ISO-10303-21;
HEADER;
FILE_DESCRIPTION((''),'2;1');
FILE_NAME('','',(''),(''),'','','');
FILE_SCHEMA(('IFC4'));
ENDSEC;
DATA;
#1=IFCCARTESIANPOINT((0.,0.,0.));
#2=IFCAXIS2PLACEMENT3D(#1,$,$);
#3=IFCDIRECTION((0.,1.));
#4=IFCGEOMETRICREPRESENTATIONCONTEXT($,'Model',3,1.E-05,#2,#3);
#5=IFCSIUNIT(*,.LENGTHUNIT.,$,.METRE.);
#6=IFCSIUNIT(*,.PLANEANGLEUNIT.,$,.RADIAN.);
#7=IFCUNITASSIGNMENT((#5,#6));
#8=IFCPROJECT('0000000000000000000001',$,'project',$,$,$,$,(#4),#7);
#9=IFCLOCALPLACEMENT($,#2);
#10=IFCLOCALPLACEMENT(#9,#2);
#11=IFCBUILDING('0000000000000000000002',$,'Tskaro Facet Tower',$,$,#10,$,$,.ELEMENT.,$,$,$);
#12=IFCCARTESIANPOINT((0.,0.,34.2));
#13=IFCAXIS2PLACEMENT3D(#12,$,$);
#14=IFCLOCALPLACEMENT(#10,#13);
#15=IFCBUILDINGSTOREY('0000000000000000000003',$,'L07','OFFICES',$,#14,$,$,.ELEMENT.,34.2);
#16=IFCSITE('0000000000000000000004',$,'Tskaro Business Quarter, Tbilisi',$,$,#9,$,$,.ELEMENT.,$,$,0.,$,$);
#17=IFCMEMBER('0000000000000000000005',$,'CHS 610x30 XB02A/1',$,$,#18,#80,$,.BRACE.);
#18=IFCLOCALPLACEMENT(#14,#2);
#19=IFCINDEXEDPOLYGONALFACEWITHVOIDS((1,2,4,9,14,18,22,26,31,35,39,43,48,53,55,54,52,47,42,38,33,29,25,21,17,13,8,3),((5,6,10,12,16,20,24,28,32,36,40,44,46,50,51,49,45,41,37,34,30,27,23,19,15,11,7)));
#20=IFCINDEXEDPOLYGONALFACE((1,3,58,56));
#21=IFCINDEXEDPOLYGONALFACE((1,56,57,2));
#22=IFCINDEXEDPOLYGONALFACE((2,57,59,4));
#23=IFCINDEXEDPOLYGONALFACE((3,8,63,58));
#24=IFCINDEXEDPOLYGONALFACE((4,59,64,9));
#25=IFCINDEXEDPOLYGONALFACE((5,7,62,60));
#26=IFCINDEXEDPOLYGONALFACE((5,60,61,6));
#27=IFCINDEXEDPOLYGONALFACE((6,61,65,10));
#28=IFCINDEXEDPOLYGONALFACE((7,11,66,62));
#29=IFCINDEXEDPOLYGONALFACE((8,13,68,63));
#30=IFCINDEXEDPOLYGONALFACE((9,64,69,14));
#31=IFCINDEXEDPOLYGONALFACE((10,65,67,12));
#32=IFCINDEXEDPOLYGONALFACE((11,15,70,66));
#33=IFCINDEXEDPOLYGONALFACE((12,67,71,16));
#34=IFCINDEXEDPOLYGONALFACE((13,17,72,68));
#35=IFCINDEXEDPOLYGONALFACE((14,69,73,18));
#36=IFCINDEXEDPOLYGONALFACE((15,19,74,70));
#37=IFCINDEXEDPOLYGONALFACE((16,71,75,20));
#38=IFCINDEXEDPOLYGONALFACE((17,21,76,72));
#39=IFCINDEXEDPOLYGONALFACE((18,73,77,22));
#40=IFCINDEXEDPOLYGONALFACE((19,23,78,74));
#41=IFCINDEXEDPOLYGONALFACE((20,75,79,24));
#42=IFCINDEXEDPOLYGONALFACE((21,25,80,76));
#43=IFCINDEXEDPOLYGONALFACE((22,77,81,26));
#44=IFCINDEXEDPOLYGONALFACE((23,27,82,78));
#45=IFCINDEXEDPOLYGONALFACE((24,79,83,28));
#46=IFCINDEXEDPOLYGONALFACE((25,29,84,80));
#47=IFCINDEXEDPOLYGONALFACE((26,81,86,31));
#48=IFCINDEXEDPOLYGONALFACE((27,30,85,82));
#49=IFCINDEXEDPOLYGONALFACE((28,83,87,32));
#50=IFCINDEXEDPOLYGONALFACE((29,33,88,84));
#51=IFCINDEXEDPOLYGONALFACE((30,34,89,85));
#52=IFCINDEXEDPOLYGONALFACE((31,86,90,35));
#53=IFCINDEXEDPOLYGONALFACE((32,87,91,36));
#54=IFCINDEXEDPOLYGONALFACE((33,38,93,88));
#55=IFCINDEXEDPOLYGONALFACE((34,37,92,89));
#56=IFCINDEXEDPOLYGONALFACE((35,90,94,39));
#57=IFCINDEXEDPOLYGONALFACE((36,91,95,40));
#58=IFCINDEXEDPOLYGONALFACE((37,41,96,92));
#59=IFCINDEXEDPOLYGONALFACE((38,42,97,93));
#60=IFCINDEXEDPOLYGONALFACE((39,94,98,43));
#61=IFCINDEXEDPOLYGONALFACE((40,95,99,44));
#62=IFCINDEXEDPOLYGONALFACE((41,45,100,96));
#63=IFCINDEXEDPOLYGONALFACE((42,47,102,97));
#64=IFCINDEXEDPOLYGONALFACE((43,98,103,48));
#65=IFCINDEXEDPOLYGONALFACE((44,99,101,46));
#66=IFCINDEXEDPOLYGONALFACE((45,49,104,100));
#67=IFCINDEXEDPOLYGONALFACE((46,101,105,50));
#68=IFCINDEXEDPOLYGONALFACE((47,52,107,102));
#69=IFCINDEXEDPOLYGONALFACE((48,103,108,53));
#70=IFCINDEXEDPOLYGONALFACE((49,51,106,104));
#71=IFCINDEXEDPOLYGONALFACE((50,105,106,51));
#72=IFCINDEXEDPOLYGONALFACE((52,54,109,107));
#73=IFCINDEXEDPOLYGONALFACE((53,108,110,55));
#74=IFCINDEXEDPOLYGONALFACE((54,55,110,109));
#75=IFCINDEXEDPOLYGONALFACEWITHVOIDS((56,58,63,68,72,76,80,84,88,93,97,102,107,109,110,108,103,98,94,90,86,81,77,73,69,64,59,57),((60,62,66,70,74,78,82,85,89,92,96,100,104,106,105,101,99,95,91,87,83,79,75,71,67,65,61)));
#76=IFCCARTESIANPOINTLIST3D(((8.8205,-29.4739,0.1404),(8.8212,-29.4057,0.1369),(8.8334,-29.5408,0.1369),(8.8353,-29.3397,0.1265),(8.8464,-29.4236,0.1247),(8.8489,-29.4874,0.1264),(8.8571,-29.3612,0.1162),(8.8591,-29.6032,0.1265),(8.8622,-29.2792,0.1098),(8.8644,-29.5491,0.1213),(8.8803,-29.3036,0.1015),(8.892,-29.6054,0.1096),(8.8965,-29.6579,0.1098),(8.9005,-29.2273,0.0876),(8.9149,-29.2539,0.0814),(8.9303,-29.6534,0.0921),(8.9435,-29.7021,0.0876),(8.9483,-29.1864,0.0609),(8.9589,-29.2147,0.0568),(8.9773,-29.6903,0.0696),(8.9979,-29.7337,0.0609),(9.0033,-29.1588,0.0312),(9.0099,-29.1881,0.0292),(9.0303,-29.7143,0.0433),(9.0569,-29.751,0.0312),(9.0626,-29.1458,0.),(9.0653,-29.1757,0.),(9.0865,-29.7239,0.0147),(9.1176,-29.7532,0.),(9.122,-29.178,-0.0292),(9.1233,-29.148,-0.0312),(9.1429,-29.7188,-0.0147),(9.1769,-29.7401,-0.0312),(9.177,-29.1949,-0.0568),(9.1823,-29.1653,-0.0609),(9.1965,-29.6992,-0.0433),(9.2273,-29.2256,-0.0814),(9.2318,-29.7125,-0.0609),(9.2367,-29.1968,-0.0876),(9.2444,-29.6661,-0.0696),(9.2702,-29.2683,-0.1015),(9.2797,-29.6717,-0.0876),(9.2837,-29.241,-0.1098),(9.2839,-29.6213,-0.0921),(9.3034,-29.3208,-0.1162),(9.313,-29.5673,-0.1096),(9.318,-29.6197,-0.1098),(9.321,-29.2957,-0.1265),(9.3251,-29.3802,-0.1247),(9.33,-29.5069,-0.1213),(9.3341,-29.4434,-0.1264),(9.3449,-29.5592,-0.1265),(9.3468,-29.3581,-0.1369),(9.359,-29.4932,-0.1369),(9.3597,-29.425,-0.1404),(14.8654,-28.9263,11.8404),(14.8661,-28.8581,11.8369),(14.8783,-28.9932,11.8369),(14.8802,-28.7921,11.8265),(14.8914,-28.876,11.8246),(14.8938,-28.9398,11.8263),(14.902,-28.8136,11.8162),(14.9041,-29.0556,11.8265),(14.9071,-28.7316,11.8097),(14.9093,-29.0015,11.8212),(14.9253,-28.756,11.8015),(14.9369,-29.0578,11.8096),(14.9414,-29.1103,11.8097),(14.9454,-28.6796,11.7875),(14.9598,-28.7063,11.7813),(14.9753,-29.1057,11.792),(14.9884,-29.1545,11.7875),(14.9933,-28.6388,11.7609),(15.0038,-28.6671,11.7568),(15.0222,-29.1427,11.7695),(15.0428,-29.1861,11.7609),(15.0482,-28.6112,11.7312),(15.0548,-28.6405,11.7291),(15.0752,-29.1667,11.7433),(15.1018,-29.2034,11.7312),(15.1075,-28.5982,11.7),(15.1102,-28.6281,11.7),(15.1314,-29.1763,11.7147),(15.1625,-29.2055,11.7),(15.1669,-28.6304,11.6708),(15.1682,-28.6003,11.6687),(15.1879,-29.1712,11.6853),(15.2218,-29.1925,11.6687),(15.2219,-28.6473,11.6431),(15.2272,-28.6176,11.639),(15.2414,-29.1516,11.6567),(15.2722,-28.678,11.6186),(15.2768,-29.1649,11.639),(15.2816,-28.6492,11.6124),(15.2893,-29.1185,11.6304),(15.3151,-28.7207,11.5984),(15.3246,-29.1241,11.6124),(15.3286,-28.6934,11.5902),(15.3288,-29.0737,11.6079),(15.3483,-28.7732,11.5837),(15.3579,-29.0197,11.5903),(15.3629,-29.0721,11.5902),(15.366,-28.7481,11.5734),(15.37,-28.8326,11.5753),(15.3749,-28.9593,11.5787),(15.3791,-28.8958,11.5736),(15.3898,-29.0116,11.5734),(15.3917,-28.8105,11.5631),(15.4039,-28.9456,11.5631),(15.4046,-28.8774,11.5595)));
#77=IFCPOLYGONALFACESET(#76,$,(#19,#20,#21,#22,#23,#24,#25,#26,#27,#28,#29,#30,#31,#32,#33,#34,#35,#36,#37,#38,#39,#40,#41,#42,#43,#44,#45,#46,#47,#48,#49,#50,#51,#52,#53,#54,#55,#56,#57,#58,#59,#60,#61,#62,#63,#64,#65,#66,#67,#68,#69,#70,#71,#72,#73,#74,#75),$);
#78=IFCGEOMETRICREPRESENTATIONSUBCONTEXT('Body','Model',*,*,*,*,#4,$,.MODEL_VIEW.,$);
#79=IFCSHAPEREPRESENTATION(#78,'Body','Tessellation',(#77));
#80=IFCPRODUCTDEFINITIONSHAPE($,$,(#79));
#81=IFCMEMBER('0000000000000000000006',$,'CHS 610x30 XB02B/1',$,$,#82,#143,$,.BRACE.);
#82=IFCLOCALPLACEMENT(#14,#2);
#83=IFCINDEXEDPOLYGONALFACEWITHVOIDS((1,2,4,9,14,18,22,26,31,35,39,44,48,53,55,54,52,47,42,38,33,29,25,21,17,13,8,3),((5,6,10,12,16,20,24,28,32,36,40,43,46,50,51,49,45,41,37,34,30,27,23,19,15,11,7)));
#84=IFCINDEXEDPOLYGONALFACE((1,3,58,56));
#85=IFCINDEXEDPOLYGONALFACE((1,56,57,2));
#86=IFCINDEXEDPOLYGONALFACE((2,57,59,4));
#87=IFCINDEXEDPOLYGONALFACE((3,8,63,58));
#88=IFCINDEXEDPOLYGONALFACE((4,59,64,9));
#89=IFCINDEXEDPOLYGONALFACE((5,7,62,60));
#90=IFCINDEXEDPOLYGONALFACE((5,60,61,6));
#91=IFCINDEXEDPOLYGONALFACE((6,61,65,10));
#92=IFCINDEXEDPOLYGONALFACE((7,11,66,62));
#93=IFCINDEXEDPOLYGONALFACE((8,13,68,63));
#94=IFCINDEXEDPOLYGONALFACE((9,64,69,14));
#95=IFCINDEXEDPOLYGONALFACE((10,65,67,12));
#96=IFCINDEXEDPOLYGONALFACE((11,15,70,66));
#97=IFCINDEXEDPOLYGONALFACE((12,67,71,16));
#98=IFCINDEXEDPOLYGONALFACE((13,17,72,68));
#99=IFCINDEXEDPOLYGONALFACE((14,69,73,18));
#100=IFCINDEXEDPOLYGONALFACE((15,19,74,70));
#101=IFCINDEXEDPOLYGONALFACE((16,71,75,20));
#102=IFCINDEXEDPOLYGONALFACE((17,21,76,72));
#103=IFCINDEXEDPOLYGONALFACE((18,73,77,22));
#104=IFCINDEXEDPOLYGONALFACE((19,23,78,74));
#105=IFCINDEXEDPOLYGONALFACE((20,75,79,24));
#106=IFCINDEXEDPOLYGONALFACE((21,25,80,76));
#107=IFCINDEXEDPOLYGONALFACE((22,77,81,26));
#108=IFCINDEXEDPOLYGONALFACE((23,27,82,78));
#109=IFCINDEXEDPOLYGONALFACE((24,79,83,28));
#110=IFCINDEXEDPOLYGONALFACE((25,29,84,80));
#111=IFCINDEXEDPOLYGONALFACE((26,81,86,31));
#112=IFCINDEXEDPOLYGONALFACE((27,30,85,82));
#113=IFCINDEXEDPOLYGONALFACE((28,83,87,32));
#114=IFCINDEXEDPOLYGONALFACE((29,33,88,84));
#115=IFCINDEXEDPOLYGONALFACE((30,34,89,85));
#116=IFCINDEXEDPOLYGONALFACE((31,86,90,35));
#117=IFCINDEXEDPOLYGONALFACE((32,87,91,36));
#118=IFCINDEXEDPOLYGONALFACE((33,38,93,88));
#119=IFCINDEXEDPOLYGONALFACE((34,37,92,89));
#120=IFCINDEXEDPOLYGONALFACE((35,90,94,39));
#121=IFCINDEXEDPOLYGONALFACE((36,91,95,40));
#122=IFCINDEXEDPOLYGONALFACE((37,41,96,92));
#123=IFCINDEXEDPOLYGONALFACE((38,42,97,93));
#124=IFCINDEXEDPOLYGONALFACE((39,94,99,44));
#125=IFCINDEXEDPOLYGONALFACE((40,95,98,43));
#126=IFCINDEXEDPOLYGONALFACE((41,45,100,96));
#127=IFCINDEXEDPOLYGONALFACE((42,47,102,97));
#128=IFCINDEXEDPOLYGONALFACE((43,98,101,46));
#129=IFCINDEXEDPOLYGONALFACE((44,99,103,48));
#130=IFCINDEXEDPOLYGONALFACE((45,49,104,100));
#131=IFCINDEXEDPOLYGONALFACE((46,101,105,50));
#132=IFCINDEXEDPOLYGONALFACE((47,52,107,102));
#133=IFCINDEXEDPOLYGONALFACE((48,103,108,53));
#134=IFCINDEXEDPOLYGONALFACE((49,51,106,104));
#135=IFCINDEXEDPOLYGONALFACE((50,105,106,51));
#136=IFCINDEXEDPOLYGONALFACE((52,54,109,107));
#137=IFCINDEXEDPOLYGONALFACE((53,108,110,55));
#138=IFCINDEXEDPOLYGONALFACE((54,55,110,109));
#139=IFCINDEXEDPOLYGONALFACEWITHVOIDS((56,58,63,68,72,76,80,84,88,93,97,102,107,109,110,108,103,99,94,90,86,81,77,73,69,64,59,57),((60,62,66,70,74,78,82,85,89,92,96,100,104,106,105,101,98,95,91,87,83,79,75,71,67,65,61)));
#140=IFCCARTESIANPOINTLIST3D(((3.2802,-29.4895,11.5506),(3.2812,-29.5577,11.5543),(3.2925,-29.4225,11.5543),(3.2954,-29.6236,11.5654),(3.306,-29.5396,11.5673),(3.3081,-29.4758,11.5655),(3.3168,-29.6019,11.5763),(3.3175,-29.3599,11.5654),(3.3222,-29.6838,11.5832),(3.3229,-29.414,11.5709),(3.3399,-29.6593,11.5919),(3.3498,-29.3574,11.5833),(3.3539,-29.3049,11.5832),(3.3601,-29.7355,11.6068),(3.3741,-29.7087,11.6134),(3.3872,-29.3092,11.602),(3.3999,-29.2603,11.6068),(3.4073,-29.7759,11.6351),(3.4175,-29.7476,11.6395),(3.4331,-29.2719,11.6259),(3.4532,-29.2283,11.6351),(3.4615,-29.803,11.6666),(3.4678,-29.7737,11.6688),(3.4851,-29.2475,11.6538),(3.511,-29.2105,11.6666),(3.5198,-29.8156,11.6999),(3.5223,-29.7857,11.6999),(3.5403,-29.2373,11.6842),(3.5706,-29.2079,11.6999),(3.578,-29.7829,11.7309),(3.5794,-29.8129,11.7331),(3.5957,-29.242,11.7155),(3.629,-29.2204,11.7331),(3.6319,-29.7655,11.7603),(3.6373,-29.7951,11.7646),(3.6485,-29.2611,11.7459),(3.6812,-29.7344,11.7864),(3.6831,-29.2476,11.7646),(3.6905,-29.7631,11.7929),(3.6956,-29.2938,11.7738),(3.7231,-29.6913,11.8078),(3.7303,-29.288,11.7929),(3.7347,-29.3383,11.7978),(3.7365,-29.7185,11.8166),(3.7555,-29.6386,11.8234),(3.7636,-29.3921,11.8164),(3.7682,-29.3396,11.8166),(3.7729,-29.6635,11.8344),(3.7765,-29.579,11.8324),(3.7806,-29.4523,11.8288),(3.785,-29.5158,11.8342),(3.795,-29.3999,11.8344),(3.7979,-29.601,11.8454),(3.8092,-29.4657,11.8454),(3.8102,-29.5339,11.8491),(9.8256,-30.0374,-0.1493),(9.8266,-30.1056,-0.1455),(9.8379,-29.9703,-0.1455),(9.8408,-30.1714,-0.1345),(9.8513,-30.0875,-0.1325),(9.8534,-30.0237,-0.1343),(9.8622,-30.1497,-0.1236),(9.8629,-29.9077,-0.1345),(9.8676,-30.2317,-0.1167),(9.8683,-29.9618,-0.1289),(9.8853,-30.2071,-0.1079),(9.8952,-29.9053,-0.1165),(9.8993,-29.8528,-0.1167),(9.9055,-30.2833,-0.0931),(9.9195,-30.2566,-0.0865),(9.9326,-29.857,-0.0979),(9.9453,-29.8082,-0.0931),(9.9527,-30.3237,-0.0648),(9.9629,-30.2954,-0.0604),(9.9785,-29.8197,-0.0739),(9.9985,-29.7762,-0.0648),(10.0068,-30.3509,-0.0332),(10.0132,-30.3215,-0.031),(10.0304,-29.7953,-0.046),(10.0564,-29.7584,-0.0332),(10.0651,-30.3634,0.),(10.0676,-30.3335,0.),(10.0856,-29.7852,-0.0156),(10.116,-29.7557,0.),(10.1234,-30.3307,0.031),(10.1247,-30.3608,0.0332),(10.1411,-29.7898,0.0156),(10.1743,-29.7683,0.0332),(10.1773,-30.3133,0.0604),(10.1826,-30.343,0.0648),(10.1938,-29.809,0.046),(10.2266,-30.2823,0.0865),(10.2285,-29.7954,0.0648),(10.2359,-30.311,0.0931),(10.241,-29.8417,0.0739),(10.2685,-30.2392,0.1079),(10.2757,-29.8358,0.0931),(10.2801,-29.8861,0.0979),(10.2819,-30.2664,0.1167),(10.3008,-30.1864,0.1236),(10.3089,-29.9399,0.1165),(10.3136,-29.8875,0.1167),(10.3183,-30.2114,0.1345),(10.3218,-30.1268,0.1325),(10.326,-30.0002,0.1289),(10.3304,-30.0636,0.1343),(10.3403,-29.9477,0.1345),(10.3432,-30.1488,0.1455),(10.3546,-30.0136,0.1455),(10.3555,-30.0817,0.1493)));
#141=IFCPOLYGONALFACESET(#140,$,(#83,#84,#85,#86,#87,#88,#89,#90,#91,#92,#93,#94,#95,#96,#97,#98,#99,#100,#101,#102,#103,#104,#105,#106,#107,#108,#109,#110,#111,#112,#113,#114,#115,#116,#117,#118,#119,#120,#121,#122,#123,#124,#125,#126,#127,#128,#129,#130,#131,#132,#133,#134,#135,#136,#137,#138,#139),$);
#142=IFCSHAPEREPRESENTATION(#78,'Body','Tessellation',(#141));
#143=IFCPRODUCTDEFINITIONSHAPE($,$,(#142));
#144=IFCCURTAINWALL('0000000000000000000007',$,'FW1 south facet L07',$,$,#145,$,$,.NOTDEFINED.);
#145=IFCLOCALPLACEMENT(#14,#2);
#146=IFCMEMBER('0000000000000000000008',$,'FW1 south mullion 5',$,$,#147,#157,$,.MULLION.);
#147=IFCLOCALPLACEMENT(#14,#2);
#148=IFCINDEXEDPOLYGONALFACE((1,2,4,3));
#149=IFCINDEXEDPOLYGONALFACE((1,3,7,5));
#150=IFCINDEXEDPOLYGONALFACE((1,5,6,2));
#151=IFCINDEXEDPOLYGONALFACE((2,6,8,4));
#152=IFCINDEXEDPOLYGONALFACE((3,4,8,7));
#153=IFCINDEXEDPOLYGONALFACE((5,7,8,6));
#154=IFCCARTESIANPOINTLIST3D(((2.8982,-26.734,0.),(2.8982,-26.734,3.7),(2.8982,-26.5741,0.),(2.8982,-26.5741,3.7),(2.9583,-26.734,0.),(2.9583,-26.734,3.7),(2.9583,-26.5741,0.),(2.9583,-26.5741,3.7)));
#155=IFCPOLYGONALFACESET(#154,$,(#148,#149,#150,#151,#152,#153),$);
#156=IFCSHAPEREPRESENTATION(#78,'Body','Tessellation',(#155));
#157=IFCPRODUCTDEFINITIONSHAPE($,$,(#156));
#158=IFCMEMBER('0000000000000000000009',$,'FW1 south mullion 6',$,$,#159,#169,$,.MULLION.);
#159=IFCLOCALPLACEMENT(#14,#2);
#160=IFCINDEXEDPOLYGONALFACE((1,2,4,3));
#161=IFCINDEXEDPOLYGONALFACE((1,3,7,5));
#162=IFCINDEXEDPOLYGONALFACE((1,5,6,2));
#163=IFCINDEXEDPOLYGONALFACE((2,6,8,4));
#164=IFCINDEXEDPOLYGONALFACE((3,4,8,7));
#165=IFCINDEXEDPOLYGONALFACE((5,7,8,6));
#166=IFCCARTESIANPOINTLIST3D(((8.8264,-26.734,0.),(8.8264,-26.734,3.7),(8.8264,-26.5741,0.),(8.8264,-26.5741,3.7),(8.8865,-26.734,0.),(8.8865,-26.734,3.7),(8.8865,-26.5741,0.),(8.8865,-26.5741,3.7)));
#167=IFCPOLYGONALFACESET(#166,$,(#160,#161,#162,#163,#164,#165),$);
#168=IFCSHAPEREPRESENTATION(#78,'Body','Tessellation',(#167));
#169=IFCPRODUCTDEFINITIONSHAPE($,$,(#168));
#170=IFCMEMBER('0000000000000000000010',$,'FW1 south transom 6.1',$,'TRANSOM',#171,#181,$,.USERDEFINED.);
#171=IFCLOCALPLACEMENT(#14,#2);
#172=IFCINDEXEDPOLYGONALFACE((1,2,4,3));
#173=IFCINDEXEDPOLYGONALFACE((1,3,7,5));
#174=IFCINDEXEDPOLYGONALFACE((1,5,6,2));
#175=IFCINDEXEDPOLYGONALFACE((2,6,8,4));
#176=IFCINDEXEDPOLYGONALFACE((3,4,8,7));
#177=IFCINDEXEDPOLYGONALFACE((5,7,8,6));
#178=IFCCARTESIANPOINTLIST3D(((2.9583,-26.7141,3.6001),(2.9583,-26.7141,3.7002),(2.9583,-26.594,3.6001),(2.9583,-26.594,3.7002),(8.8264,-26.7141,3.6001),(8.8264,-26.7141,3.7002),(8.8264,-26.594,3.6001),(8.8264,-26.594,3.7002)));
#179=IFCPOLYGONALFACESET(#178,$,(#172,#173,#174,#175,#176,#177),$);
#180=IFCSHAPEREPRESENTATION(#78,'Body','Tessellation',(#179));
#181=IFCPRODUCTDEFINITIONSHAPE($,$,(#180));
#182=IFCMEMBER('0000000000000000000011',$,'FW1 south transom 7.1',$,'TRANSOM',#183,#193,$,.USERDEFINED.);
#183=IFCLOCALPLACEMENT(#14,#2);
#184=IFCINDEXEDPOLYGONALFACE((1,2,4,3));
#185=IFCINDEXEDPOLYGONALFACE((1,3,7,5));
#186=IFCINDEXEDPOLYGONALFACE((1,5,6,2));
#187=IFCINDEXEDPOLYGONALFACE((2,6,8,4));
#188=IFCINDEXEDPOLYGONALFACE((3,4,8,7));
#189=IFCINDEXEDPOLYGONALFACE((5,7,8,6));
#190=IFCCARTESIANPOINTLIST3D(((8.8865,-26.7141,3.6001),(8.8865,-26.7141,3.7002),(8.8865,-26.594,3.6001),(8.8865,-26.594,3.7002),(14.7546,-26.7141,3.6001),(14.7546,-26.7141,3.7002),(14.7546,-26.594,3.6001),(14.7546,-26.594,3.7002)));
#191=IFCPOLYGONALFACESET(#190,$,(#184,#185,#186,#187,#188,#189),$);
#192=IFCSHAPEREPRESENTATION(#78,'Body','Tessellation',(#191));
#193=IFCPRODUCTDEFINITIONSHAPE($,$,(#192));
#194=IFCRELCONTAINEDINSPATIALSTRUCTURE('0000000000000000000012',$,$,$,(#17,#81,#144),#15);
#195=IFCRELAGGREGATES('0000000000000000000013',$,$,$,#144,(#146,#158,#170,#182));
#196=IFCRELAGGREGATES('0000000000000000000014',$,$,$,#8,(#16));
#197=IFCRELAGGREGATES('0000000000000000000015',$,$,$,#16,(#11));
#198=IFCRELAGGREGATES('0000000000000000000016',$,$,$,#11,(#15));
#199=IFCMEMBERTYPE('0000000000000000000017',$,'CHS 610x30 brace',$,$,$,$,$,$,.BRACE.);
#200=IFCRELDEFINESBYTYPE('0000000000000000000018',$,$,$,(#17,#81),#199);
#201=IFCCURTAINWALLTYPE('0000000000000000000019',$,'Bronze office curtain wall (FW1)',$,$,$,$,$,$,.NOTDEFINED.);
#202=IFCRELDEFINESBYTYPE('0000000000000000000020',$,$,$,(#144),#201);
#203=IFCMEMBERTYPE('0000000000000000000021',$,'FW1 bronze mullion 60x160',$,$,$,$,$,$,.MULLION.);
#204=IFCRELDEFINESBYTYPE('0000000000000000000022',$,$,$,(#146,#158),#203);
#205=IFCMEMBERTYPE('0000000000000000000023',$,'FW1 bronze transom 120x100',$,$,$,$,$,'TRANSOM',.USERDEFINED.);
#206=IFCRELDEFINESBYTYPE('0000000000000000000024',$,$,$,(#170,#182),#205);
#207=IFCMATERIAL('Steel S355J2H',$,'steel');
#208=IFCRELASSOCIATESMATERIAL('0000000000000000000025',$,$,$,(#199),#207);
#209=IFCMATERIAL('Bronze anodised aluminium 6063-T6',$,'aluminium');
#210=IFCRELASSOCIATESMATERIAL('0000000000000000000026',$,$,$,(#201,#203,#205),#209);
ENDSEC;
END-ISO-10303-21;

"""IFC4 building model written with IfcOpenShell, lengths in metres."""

from ifc_helpers import new_model, si_unit, direction, frame, origin, origin_2d, place, context, subcontext, project, spatial, rectangle, hollow_circle, extrude, material, material_profile, profile_set, type_object, element, aggregate, save


model = new_model("IFC4")

# Units and contexts
model_context = context("Model", 3, precision=1e-05, world=origin(), true_north=direction((0.0, 1.0)))
body_context = subcontext(model_context, "Body", "Model", "MODEL_VIEW")
ifc_project = project(units=[si_unit("LENGTHUNIT", "METRE"), si_unit("PLANEANGLEUNIT", "RADIAN")], contexts=[model_context])

# Site, building, storey
site_placement = place(None, origin())
site = spatial("IfcSite", under=ifc_project, at=site_placement, Name="Tskaro Business Quarter, Tbilisi", CompositionType="ELEMENT", RefElevation=0.0)
building_placement = place(site_placement, origin())
building = spatial("IfcBuilding", under=site, at=building_placement, Name="Tskaro Facet Tower", CompositionType="ELEMENT")
storey_placement = place(building_placement, frame((0.0, 0.0, 34.2)))
storey = spatial("IfcBuildingStorey", under=building, at=storey_placement, Name="L07", Description="OFFICES", CompositionType="ELEMENT", Elevation=34.2)

# Shared definitions
ifc_material_1 = material(Name="Steel S355J2H", Category="steel")

# Members
ifc_material_profile_1 = material_profile(ifc_material_1, hollow_circle(Radius=0.3049, WallThickness=0.03, at=origin_2d()), Name="CHS 610x30")
ifc_profile_set_1 = profile_set([ifc_material_profile_1], Name="Steel S355J2H")
member_type_1 = type_object("IfcMemberType", Name="CHS 610x30 brace", PredefinedType="BRACE", material=ifc_profile_set_1)
member_1_placement = place(storey_placement, frame((9.0901, -29.4495, 0.0), z_axis=(0.458621, 0.041546, 0.88766), x_axis=(-0.09022, 0.995922, 0.0)))
element("IfcMember", 1, at=member_1_placement, inside=storey, type_object=member_type_1, Name="CHS 610x30 XB02A/1", PredefinedType="BRACE", context=body_context, shape_type="SweptSolid", body=[
    extrude(hollow_circle(Radius=0.3049, WallThickness=0.03, at=origin_2d()), origin(), (0.0, 0.0, 1.0), 13.1807),
])
member_2_placement = place(storey_placement, frame((10.0906, -30.0596, 0.0), z_axis=(-0.487824, 0.040831, 0.871987), x_axis=(-0.083408, -0.996515, 0.0)))
element("IfcMember", 2, at=member_2_placement, inside=storey, type_object=member_type_1, Name="CHS 610x30 XB02B/1", PredefinedType="BRACE", context=body_context, shape_type="SweptSolid", body=[
    extrude(hollow_circle(Radius=0.3049, WallThickness=0.03, at=origin_2d()), origin(), (0.0, 0.0, 1.0), 13.4175),
])

# Curtain wall, members
ifc_material_2 = material(Name="Bronze anodised aluminium 6063-T6", Category="aluminium")
curtain_wall_type = type_object("IfcCurtainWallType", Name="Bronze office curtain wall (FW1)", PredefinedType="NOTDEFINED", material=ifc_material_2)
curtain_wall_placement = place(storey_placement, origin())
curtain_wall = element("IfcCurtainWall", 3, at=curtain_wall_placement, inside=storey, type_object=curtain_wall_type, Name="FW1 south facet L07", PredefinedType="NOTDEFINED")
ifc_material_profile_2 = material_profile(ifc_material_2, rectangle(XDim=0.0601, YDim=0.1599, at=origin_2d()), Name="Mullion 60x160")
ifc_profile_set_2 = profile_set([ifc_material_profile_2], Name="Bronze anodised aluminium 6063-T6")
member_type_2 = type_object("IfcMemberType", Name="FW1 bronze mullion 60x160", PredefinedType="MULLION", material=ifc_profile_set_2)
member_3_placement = place(storey_placement, frame((2.9282, -26.6541, 0.0), z_axis=(0.0, 0.0, 1.0), x_axis=(1.0, 0.0, 0.0)))
member_3 = element("IfcMember", 4, at=member_3_placement, type_object=member_type_2, Name="FW1 south mullion 5", PredefinedType="MULLION", context=body_context, shape_type="SweptSolid", body=[
    extrude(rectangle(XDim=0.0601, YDim=0.1599, at=origin_2d()), origin(), (0.0, 0.0, 1.0), 3.7),
])
member_4_placement = place(storey_placement, frame((8.8564, -26.6541, 0.0), z_axis=(0.0, 0.0, 1.0), x_axis=(1.0, 0.0, 0.0)))
member_4 = element("IfcMember", 5, at=member_4_placement, type_object=member_type_2, Name="FW1 south mullion 6", PredefinedType="MULLION", context=body_context, shape_type="SweptSolid", body=[
    extrude(rectangle(XDim=0.0601, YDim=0.1599, at=origin_2d()), origin(), (0.0, 0.0, 1.0), 3.7),
])
ifc_material_profile_3 = material_profile(ifc_material_2, rectangle(XDim=0.1201, YDim=0.1001, at=origin_2d()), Name="Transom 120x100")
ifc_profile_set_3 = profile_set([ifc_material_profile_3], Name="Bronze anodised aluminium 6063-T6")
member_type_3 = type_object("IfcMemberType", Name="FW1 bronze transom 120x100", ElementType="TRANSOM", PredefinedType="USERDEFINED", material=ifc_profile_set_3)
member_5_placement = place(storey_placement, frame((2.9583, -26.6541, 3.6501), z_axis=(1.0, 0.0, 0.0), x_axis=(0.0, 1.0, 0.0)))
member_5 = element("IfcMember", 6, at=member_5_placement, type_object=member_type_3, Name="FW1 south transom 6.1", ObjectType="TRANSOM", PredefinedType="USERDEFINED", context=body_context, shape_type="SweptSolid", body=[
    extrude(rectangle(XDim=0.1201, YDim=0.1001, at=origin_2d()), origin(), (0.0, 0.0, 1.0), 5.8682),
])
member_6_placement = place(storey_placement, frame((8.8865, -26.6541, 3.6501), z_axis=(1.0, 0.0, 0.0), x_axis=(0.0, 1.0, 0.0)))
member_6 = element("IfcMember", 7, at=member_6_placement, type_object=member_type_3, Name="FW1 south transom 7.1", ObjectType="TRANSOM", PredefinedType="USERDEFINED", context=body_context, shape_type="SweptSolid", body=[
    extrude(rectangle(XDim=0.1201, YDim=0.1001, at=origin_2d()), origin(), (0.0, 0.0, 1.0), 5.8682),
])

aggregate(curtain_wall, [member_3, member_4, member_5, member_6])

save(model, "model.ifc")
